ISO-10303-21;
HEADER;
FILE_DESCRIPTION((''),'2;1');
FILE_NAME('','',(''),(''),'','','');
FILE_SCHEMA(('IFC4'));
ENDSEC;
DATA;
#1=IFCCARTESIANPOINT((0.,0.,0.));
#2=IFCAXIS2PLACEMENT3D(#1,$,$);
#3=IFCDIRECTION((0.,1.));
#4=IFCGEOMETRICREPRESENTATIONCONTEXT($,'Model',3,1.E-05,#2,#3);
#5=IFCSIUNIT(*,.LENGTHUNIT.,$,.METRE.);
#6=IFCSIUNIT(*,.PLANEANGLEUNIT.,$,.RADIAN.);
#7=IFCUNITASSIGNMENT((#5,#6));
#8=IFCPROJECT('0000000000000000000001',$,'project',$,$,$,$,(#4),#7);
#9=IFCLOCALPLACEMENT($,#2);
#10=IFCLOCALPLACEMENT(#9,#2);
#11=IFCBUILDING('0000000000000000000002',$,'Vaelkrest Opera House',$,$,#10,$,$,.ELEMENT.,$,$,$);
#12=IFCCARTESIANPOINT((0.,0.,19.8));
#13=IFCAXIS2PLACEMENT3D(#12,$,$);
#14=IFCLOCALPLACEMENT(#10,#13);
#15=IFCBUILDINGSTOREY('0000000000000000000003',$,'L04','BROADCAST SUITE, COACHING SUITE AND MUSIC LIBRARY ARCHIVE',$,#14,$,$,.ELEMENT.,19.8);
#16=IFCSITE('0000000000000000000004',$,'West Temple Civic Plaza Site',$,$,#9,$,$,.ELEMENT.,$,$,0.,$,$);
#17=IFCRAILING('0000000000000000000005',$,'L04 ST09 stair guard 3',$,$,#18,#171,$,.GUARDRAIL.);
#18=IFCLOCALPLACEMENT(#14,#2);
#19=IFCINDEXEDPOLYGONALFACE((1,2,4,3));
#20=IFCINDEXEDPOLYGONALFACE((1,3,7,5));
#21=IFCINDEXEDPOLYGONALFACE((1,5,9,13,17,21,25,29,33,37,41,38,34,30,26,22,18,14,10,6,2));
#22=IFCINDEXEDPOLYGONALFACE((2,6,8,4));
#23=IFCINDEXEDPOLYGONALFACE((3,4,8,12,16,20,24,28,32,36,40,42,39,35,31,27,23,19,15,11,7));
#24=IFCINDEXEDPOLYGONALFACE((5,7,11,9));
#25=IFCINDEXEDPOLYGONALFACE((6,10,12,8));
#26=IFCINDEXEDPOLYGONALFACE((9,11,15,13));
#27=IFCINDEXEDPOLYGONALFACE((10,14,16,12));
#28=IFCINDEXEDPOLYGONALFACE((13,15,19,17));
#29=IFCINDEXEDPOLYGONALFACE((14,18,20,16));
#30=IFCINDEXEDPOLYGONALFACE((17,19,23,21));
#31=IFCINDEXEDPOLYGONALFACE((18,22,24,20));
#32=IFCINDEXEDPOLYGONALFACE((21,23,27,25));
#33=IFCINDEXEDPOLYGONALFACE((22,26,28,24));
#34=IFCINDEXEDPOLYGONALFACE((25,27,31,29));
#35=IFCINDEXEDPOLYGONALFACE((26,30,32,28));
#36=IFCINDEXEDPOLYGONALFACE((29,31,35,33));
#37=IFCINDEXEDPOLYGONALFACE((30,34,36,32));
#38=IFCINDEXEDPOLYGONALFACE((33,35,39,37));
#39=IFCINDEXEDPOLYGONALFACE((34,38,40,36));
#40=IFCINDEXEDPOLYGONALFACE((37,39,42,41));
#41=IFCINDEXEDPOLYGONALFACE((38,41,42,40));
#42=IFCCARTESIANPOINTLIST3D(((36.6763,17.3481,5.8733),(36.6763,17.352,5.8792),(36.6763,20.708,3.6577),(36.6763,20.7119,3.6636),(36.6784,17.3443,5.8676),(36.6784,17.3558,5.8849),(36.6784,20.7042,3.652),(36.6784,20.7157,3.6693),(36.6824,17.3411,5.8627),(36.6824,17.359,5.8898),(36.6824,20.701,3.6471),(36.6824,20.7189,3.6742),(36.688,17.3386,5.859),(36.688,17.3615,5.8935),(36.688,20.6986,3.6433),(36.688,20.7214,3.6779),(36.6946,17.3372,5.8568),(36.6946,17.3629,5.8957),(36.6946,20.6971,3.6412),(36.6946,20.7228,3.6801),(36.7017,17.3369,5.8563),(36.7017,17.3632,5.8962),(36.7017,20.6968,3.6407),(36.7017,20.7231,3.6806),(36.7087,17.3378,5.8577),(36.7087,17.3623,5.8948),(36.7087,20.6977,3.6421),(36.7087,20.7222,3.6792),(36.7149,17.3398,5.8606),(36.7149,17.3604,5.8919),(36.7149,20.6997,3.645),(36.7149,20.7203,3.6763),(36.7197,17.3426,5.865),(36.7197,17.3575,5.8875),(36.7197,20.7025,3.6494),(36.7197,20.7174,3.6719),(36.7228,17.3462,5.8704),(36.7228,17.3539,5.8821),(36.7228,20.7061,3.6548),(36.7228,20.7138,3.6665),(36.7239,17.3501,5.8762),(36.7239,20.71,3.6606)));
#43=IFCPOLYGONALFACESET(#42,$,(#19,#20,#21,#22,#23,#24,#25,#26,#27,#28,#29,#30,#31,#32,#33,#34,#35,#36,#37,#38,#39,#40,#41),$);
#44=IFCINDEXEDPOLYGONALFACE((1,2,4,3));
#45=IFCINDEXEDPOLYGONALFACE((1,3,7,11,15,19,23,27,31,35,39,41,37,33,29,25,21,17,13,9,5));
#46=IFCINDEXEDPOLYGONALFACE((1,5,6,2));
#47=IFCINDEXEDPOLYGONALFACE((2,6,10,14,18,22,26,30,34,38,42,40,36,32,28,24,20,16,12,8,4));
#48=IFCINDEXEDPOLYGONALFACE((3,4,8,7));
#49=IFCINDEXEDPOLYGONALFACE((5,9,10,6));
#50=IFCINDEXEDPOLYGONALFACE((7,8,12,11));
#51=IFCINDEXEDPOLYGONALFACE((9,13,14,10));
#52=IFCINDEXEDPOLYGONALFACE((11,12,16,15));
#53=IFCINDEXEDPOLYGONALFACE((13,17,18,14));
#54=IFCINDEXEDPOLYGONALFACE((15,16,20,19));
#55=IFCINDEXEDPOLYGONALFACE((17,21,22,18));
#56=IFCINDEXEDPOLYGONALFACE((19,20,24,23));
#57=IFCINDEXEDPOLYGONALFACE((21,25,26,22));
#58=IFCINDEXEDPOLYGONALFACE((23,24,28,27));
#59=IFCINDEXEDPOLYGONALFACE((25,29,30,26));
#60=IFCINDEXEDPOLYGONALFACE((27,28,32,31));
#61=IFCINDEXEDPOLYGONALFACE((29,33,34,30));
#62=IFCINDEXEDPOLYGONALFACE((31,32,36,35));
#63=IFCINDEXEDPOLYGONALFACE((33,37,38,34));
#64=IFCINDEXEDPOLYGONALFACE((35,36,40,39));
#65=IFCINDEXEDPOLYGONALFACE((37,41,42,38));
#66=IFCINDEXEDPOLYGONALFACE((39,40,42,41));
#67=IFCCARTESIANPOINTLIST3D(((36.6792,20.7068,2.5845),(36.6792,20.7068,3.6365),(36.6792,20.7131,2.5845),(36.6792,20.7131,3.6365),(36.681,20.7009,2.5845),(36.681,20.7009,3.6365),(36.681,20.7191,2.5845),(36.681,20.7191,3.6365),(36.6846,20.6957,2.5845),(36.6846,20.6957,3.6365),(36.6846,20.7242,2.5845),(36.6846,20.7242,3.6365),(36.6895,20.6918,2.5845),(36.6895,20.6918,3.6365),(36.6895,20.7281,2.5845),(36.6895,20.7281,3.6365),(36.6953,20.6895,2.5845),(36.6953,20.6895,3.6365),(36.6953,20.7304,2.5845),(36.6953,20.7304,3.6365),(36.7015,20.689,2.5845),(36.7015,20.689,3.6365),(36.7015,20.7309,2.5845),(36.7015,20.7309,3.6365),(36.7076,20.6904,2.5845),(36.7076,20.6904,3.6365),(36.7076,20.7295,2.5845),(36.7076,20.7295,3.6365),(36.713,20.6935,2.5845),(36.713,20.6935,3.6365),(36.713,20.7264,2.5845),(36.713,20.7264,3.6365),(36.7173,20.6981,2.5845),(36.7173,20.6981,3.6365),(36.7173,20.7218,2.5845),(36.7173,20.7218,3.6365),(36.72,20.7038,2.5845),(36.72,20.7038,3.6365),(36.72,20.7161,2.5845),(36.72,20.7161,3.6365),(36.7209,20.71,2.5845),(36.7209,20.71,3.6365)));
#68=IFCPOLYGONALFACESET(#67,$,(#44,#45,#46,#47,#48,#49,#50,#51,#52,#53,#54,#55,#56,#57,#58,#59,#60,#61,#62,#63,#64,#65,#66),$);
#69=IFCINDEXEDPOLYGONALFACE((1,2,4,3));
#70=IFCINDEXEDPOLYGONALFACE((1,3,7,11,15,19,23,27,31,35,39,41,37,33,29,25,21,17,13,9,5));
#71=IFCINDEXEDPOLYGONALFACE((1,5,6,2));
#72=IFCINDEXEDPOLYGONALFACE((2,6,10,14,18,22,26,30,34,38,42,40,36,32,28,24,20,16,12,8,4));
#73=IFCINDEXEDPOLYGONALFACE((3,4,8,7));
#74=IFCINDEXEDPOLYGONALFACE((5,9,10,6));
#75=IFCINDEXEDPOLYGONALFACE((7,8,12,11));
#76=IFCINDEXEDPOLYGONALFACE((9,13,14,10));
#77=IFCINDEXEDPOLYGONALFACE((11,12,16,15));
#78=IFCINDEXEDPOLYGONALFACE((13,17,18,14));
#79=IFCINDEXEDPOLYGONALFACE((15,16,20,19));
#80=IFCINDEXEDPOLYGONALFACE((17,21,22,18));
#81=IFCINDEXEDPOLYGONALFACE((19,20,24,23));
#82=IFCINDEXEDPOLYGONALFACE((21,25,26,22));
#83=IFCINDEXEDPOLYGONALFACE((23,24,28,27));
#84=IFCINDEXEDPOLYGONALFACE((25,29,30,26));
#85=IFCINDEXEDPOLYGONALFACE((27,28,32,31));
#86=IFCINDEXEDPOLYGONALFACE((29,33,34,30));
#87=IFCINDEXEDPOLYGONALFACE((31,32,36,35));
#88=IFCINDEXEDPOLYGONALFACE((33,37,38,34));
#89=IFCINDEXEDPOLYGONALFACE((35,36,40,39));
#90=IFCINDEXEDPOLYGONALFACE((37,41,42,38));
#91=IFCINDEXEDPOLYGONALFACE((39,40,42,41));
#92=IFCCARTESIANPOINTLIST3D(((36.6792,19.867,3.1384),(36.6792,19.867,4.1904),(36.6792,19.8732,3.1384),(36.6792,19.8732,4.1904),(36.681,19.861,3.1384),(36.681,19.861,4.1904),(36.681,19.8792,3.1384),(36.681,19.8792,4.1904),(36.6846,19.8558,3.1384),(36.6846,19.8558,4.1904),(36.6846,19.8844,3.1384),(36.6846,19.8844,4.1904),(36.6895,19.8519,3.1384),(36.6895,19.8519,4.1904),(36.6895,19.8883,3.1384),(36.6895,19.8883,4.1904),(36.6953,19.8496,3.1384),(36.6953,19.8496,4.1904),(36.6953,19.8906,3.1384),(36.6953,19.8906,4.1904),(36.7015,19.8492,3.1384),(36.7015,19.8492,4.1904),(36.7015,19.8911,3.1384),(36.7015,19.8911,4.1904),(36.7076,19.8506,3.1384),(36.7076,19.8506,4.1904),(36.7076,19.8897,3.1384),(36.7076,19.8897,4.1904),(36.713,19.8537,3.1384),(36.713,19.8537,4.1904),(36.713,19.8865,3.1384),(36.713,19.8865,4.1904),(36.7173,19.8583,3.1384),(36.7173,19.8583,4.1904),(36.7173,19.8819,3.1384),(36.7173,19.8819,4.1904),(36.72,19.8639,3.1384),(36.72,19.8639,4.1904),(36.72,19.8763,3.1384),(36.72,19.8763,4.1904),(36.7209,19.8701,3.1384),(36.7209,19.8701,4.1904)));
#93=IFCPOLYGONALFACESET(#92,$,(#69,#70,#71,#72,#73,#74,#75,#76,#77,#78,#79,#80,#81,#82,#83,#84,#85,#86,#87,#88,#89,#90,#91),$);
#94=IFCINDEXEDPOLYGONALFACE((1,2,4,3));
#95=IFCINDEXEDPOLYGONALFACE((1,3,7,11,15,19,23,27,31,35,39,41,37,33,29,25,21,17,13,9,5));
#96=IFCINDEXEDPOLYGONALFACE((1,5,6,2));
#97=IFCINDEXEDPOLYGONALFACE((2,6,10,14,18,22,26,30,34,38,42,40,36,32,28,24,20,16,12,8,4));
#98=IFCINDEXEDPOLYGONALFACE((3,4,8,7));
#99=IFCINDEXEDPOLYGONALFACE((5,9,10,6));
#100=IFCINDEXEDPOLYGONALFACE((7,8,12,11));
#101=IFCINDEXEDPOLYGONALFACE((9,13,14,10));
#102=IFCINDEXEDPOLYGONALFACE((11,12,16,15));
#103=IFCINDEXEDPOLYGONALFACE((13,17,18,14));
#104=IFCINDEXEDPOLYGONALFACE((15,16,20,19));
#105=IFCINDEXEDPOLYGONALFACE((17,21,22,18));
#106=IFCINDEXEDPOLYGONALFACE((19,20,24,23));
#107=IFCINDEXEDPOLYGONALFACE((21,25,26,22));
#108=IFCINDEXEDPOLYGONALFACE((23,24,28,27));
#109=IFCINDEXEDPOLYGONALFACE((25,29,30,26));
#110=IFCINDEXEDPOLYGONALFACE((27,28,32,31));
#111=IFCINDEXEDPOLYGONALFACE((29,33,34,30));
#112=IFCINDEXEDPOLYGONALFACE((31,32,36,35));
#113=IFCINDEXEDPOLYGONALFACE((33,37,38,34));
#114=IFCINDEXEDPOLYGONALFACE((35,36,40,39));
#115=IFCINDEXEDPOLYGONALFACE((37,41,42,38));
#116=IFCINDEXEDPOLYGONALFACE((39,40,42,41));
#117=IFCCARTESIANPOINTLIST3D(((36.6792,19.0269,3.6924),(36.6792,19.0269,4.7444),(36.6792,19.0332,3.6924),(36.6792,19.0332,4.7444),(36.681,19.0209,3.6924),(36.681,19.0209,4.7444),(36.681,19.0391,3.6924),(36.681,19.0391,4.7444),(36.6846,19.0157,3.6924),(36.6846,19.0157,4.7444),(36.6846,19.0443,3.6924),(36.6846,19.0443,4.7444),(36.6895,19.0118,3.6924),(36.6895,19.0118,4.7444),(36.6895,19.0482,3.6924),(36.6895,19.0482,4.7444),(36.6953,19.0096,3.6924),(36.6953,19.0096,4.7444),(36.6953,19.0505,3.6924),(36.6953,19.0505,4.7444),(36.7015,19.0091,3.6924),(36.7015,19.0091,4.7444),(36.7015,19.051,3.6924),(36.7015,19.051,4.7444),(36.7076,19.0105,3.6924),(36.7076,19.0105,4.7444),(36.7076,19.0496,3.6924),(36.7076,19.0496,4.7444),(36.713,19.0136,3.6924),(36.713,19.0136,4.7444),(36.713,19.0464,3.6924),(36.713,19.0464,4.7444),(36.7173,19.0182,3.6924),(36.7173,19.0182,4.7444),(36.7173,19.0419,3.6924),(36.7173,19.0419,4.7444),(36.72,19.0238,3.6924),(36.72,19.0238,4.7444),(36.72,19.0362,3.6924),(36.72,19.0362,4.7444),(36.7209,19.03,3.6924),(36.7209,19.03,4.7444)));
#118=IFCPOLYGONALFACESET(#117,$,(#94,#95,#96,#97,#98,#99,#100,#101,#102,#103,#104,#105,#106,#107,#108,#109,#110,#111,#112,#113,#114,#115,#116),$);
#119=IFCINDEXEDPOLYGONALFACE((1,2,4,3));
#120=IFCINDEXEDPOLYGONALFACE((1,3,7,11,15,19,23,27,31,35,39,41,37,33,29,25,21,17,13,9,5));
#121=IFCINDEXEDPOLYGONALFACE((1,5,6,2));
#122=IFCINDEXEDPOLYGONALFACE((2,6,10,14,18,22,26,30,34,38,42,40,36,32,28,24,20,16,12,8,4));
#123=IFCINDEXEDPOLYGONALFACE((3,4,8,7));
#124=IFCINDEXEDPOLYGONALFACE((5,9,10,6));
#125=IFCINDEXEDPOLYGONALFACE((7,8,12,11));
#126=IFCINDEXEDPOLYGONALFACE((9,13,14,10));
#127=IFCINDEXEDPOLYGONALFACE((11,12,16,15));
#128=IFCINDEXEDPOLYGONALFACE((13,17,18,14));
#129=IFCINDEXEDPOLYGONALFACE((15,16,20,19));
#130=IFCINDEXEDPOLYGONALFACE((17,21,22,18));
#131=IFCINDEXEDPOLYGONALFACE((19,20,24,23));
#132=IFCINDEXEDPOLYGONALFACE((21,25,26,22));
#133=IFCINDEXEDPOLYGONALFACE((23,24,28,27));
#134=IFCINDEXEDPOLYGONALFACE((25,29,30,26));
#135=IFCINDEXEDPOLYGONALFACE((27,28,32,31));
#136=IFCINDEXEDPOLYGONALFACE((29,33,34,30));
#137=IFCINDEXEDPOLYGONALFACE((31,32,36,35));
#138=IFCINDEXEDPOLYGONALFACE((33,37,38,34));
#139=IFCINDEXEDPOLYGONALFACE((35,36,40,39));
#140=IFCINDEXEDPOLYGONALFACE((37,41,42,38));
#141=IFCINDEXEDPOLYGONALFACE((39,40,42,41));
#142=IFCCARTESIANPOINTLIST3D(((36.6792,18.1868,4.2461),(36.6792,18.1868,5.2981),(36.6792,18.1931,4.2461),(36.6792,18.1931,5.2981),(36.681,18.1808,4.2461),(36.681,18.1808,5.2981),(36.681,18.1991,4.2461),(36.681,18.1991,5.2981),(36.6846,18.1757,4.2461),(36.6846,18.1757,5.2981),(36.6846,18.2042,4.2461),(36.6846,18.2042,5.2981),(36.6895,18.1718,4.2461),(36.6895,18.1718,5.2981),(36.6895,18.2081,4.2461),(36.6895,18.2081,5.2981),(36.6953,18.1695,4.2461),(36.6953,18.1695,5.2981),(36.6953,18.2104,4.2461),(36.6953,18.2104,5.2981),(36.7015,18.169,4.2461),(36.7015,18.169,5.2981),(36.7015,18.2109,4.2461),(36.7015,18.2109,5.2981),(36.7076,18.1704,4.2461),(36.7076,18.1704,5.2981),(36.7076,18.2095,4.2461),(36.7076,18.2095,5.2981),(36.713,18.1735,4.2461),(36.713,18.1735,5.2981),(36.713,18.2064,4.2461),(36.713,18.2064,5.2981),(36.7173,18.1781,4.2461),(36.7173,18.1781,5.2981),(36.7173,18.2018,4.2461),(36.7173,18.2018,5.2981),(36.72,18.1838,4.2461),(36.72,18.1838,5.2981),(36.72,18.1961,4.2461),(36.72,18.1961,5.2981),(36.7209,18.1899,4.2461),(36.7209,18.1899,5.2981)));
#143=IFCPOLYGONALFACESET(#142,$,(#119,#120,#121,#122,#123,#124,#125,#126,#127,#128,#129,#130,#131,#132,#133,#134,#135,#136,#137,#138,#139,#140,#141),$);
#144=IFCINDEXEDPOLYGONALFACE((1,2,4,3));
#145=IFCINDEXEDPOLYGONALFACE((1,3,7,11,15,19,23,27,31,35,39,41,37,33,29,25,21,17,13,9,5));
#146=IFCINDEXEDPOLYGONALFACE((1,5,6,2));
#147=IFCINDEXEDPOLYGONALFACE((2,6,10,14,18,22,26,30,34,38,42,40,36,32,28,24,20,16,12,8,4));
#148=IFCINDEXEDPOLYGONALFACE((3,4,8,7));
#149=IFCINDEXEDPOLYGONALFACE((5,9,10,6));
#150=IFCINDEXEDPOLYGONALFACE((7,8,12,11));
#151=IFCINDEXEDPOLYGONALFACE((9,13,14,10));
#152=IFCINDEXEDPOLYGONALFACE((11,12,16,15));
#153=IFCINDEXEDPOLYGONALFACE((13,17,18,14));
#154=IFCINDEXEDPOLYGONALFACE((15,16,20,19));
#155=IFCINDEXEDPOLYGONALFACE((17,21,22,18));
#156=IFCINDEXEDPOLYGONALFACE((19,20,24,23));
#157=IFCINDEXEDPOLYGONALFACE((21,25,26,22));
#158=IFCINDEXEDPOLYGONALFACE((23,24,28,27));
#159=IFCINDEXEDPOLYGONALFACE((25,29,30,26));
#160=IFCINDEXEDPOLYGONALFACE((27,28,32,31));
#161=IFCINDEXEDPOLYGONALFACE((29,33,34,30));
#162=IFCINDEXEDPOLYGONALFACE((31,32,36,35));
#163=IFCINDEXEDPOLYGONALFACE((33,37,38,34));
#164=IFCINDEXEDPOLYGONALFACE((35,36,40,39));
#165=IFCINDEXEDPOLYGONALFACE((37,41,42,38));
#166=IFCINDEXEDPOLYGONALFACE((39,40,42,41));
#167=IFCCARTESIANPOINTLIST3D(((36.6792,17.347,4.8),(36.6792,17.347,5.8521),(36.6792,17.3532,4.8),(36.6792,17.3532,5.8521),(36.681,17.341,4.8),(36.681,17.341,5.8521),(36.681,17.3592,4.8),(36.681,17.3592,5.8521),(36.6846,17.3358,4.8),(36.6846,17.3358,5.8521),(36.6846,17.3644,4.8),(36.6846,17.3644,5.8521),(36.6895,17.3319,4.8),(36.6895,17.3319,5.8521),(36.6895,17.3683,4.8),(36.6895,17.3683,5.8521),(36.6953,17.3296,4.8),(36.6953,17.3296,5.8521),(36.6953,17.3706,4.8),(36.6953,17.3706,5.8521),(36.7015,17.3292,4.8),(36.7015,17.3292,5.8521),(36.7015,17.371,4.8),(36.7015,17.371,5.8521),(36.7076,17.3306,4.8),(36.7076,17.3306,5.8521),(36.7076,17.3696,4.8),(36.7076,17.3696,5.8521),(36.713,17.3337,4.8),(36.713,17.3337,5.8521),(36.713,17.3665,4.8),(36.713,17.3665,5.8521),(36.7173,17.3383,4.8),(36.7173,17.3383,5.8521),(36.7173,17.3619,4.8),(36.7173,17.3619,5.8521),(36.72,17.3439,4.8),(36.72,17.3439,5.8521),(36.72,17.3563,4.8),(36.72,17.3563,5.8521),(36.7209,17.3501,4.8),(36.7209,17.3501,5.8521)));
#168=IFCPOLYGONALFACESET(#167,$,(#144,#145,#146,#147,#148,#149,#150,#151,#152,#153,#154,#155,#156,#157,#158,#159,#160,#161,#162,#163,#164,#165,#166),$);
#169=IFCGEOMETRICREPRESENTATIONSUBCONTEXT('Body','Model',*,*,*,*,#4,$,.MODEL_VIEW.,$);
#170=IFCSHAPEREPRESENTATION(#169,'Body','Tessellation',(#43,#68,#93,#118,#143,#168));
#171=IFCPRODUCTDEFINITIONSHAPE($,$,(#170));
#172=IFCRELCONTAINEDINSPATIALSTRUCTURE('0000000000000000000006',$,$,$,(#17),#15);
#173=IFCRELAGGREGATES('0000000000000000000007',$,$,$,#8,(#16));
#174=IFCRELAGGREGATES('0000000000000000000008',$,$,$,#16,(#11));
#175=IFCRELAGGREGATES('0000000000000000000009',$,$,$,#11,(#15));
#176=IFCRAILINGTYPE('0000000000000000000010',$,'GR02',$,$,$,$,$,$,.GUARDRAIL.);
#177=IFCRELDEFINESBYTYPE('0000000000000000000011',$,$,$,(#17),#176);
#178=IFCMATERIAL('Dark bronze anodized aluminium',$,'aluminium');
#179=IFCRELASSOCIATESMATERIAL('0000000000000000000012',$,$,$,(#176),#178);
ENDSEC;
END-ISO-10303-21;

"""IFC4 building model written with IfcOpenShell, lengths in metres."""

from ifc_helpers import new_model, si_unit, direction, frame, origin, origin_2d, place, context, subcontext, project, spatial, circle, extrude, material, type_object, element, save


model = new_model("IFC4")

# Units and contexts
model_context = context("Model", 3, precision=1e-05, world=origin(), true_north=direction((0.0, 1.0)))
body_context = subcontext(model_context, "Body", "Model", "MODEL_VIEW")
ifc_project = project(units=[si_unit("LENGTHUNIT", "METRE"), si_unit("PLANEANGLEUNIT", "RADIAN")], contexts=[model_context])

# Site, building, storey
site_placement = place(None, origin())
site = spatial("IfcSite", under=ifc_project, at=site_placement, Name="West Temple Civic Plaza Site", CompositionType="ELEMENT", RefElevation=0.0)
building_placement = place(site_placement, origin())
building = spatial("IfcBuilding", under=site, at=building_placement, Name="Vaelkrest Opera House", CompositionType="ELEMENT")
storey_placement = place(building_placement, frame((0.0, 0.0, 19.8)))
storey = spatial("IfcBuildingStorey", under=building, at=storey_placement, Name="L04", Description="BROADCAST SUITE, COACHING SUITE AND MUSIC LIBRARY ARCHIVE", CompositionType="ELEMENT", Elevation=19.8)

# Railing
ifc_material_1 = material(Name="Dark bronze anodized aluminium", Category="aluminium")
railing_type = type_object("IfcRailingType", Name="GR02", PredefinedType="GUARDRAIL", material=ifc_material_1)
railing_1_placement = place(storey_placement, frame((36.7, 20.71, 2.5845)))
element("IfcRailing", 1, at=railing_1_placement, inside=storey, type_object=railing_type, Name="L04 ST09 stair guard 3", PredefinedType="GUARDRAIL", context=body_context, shape_type="SweptSolid", body=[
    extrude(circle(Radius=0.0239, at=origin_2d()), frame((0.0, 0.0, 1.0762), z_axis=(0.0, -0.83483, 0.550508), x_axis=(1.0, 0.0, 0.0)), (0.0, 0.0, 1.0), 4.0247),
    extrude(circle(Radius=0.021, at=origin_2d()), origin(), (0.0, 0.0, 1.0), 1.052),
    extrude(circle(Radius=0.021, at=origin_2d()), frame((0.0, -0.8398, 0.554)), (0.0, 0.0, 1.0), 1.052),
    extrude(circle(Radius=0.021, at=origin_2d()), frame((0.0, -1.6799, 1.1079)), (0.0, 0.0, 1.0), 1.052),
    extrude(circle(Radius=0.021, at=origin_2d()), frame((0.0, -2.52, 1.6616)), (0.0, 0.0, 1.0), 1.052),
    extrude(circle(Radius=0.021, at=origin_2d()), frame((0.0, -3.3599, 2.2156)), (0.0, 0.0, 1.0), 1.052),
])

save(model, "model.ifc")
